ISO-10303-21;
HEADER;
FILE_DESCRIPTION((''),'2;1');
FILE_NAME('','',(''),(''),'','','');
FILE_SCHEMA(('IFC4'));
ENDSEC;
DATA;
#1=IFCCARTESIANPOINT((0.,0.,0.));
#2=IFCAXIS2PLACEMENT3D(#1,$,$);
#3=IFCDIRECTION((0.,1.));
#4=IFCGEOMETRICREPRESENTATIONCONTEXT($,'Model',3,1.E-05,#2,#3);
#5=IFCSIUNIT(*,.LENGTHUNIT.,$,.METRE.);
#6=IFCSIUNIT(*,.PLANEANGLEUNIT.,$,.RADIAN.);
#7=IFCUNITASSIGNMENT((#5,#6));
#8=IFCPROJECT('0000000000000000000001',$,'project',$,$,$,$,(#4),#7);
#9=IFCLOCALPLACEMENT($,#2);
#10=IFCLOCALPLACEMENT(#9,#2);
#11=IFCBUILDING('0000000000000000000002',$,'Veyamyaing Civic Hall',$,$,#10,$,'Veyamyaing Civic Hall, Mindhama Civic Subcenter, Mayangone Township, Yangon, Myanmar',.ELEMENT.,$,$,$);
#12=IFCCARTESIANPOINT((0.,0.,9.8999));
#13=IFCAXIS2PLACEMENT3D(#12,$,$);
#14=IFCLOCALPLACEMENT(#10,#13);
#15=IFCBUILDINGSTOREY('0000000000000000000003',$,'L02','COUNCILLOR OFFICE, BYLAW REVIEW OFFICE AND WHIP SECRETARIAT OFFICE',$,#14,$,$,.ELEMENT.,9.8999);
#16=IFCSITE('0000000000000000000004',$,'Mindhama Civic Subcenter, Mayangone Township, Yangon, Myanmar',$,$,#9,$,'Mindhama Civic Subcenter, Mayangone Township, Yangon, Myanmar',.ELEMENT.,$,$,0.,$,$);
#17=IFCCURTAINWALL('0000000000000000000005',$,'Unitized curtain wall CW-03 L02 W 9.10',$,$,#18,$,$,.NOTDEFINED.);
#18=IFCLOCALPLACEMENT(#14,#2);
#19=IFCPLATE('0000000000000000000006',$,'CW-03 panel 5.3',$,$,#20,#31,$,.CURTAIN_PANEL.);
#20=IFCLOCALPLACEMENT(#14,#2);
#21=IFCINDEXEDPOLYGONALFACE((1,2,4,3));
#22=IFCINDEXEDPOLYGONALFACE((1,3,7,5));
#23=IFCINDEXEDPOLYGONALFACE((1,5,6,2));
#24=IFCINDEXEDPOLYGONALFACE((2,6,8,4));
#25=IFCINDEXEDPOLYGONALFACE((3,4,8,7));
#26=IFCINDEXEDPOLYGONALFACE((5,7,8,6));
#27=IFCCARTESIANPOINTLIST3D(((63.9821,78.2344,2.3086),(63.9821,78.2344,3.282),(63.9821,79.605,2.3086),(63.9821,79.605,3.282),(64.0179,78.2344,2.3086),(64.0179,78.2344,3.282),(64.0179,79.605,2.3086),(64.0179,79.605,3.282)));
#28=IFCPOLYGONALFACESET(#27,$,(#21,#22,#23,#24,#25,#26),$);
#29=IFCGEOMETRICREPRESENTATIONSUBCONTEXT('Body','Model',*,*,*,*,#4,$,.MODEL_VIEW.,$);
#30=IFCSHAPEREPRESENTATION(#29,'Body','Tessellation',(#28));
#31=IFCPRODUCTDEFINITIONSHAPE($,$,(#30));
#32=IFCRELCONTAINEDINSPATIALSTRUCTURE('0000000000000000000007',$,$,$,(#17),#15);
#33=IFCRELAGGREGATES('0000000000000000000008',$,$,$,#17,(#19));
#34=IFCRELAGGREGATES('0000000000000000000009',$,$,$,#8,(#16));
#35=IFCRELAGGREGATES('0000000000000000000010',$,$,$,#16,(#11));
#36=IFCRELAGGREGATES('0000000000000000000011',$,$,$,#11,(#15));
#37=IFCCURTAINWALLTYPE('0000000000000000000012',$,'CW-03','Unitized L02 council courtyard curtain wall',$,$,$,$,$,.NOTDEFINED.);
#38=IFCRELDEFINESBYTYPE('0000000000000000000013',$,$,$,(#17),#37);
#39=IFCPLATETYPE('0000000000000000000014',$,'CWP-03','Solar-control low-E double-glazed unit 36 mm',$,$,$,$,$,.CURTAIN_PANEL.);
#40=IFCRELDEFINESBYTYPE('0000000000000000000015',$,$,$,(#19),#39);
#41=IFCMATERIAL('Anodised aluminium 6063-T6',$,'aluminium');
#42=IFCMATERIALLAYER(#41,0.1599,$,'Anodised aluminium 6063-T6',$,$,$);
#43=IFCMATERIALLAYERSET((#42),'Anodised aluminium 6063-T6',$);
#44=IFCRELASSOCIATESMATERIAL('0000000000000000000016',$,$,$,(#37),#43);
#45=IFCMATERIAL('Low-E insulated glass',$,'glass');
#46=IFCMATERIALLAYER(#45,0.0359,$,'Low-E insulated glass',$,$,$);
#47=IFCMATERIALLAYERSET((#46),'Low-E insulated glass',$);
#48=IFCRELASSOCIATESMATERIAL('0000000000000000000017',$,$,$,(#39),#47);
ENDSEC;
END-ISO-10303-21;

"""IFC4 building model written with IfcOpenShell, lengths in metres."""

from ifc_helpers import new_model, si_unit, direction, frame, origin, origin_2d, place, context, subcontext, project, spatial, rectangle, extrude, material, layer, layer_set, type_object, element, aggregate, save


model = new_model("IFC4")

# Units and contexts
model_context = context("Model", 3, precision=1e-05, world=origin(), true_north=direction((0.0, 1.0)))
body_context = subcontext(model_context, "Body", "Model", "MODEL_VIEW")
ifc_project = project(units=[si_unit("LENGTHUNIT", "METRE"), si_unit("PLANEANGLEUNIT", "RADIAN")], contexts=[model_context])

# Site, building, storey
site_placement = place(None, origin())
site = spatial("IfcSite", under=ifc_project, at=site_placement, Name="Mindhama Civic Subcenter, Mayangone Township, Yangon, Myanmar", LongName="Mindhama Civic Subcenter, Mayangone Township, Yangon, Myanmar", CompositionType="ELEMENT", RefElevation=0.0)
building_placement = place(site_placement, origin())
building = spatial("IfcBuilding", under=site, at=building_placement, Name="Veyamyaing Civic Hall", LongName="Veyamyaing Civic Hall, Mindhama Civic Subcenter, Mayangone Township, Yangon, Myanmar", CompositionType="ELEMENT")
storey_placement = place(building_placement, frame((0.0, 0.0, 9.8999)))
storey = spatial("IfcBuildingStorey", under=building, at=storey_placement, Name="L02", Description="COUNCILLOR OFFICE, BYLAW REVIEW OFFICE AND WHIP SECRETARIAT OFFICE", CompositionType="ELEMENT", Elevation=9.8999)

# Shared definitions
ifc_material_1 = material(Name="Anodised aluminium 6063-T6", Category="aluminium")
ifc_layer_1 = layer(ifc_material_1, 0.1599, Name="Anodised aluminium 6063-T6")
ifc_layer_set_1 = layer_set([ifc_layer_1], Name="Anodised aluminium 6063-T6")
curtain_wall_type = type_object("IfcCurtainWallType", Name="CW-03", Description="Unitized L02 council courtyard curtain wall", PredefinedType="NOTDEFINED", material=ifc_layer_set_1)

# Curtain wall
curtain_wall_1_placement = place(storey_placement, origin())
curtain_wall_1 = element("IfcCurtainWall", 1, at=curtain_wall_1_placement, inside=storey, type_object=curtain_wall_type, Name="Unitized curtain wall CW-03 L02 W 9.10", PredefinedType="NOTDEFINED")

# Plate
ifc_material_2 = material(Name="Low-E insulated glass", Category="glass")
ifc_layer_2 = layer(ifc_material_2, 0.0359, Name="Low-E insulated glass")
ifc_layer_set_2 = layer_set([ifc_layer_2], Name="Low-E insulated glass")
plate_type = type_object("IfcPlateType", Name="CWP-03", Description="Solar-control low-E double-glazed unit 36 mm", PredefinedType="CURTAIN_PANEL", material=ifc_layer_set_2)
plate_1_placement = place(storey_placement, frame((64.0, 78.9197, 2.3086), z_axis=(0.0, 0.0, 1.0), x_axis=(0.0, 1.0, 0.0)))
plate_1 = element("IfcPlate", 2, at=plate_1_placement, type_object=plate_type, Name="CW-03 panel 5.3", PredefinedType="CURTAIN_PANEL", context=body_context, shape_type="SweptSolid", body=[
    extrude(rectangle(XDim=1.3706, YDim=0.0359, at=origin_2d()), origin(), (0.0, 0.0, 1.0), 0.9734),
])
aggregate(curtain_wall_1, [plate_1])

save(model, "model.ifc")
